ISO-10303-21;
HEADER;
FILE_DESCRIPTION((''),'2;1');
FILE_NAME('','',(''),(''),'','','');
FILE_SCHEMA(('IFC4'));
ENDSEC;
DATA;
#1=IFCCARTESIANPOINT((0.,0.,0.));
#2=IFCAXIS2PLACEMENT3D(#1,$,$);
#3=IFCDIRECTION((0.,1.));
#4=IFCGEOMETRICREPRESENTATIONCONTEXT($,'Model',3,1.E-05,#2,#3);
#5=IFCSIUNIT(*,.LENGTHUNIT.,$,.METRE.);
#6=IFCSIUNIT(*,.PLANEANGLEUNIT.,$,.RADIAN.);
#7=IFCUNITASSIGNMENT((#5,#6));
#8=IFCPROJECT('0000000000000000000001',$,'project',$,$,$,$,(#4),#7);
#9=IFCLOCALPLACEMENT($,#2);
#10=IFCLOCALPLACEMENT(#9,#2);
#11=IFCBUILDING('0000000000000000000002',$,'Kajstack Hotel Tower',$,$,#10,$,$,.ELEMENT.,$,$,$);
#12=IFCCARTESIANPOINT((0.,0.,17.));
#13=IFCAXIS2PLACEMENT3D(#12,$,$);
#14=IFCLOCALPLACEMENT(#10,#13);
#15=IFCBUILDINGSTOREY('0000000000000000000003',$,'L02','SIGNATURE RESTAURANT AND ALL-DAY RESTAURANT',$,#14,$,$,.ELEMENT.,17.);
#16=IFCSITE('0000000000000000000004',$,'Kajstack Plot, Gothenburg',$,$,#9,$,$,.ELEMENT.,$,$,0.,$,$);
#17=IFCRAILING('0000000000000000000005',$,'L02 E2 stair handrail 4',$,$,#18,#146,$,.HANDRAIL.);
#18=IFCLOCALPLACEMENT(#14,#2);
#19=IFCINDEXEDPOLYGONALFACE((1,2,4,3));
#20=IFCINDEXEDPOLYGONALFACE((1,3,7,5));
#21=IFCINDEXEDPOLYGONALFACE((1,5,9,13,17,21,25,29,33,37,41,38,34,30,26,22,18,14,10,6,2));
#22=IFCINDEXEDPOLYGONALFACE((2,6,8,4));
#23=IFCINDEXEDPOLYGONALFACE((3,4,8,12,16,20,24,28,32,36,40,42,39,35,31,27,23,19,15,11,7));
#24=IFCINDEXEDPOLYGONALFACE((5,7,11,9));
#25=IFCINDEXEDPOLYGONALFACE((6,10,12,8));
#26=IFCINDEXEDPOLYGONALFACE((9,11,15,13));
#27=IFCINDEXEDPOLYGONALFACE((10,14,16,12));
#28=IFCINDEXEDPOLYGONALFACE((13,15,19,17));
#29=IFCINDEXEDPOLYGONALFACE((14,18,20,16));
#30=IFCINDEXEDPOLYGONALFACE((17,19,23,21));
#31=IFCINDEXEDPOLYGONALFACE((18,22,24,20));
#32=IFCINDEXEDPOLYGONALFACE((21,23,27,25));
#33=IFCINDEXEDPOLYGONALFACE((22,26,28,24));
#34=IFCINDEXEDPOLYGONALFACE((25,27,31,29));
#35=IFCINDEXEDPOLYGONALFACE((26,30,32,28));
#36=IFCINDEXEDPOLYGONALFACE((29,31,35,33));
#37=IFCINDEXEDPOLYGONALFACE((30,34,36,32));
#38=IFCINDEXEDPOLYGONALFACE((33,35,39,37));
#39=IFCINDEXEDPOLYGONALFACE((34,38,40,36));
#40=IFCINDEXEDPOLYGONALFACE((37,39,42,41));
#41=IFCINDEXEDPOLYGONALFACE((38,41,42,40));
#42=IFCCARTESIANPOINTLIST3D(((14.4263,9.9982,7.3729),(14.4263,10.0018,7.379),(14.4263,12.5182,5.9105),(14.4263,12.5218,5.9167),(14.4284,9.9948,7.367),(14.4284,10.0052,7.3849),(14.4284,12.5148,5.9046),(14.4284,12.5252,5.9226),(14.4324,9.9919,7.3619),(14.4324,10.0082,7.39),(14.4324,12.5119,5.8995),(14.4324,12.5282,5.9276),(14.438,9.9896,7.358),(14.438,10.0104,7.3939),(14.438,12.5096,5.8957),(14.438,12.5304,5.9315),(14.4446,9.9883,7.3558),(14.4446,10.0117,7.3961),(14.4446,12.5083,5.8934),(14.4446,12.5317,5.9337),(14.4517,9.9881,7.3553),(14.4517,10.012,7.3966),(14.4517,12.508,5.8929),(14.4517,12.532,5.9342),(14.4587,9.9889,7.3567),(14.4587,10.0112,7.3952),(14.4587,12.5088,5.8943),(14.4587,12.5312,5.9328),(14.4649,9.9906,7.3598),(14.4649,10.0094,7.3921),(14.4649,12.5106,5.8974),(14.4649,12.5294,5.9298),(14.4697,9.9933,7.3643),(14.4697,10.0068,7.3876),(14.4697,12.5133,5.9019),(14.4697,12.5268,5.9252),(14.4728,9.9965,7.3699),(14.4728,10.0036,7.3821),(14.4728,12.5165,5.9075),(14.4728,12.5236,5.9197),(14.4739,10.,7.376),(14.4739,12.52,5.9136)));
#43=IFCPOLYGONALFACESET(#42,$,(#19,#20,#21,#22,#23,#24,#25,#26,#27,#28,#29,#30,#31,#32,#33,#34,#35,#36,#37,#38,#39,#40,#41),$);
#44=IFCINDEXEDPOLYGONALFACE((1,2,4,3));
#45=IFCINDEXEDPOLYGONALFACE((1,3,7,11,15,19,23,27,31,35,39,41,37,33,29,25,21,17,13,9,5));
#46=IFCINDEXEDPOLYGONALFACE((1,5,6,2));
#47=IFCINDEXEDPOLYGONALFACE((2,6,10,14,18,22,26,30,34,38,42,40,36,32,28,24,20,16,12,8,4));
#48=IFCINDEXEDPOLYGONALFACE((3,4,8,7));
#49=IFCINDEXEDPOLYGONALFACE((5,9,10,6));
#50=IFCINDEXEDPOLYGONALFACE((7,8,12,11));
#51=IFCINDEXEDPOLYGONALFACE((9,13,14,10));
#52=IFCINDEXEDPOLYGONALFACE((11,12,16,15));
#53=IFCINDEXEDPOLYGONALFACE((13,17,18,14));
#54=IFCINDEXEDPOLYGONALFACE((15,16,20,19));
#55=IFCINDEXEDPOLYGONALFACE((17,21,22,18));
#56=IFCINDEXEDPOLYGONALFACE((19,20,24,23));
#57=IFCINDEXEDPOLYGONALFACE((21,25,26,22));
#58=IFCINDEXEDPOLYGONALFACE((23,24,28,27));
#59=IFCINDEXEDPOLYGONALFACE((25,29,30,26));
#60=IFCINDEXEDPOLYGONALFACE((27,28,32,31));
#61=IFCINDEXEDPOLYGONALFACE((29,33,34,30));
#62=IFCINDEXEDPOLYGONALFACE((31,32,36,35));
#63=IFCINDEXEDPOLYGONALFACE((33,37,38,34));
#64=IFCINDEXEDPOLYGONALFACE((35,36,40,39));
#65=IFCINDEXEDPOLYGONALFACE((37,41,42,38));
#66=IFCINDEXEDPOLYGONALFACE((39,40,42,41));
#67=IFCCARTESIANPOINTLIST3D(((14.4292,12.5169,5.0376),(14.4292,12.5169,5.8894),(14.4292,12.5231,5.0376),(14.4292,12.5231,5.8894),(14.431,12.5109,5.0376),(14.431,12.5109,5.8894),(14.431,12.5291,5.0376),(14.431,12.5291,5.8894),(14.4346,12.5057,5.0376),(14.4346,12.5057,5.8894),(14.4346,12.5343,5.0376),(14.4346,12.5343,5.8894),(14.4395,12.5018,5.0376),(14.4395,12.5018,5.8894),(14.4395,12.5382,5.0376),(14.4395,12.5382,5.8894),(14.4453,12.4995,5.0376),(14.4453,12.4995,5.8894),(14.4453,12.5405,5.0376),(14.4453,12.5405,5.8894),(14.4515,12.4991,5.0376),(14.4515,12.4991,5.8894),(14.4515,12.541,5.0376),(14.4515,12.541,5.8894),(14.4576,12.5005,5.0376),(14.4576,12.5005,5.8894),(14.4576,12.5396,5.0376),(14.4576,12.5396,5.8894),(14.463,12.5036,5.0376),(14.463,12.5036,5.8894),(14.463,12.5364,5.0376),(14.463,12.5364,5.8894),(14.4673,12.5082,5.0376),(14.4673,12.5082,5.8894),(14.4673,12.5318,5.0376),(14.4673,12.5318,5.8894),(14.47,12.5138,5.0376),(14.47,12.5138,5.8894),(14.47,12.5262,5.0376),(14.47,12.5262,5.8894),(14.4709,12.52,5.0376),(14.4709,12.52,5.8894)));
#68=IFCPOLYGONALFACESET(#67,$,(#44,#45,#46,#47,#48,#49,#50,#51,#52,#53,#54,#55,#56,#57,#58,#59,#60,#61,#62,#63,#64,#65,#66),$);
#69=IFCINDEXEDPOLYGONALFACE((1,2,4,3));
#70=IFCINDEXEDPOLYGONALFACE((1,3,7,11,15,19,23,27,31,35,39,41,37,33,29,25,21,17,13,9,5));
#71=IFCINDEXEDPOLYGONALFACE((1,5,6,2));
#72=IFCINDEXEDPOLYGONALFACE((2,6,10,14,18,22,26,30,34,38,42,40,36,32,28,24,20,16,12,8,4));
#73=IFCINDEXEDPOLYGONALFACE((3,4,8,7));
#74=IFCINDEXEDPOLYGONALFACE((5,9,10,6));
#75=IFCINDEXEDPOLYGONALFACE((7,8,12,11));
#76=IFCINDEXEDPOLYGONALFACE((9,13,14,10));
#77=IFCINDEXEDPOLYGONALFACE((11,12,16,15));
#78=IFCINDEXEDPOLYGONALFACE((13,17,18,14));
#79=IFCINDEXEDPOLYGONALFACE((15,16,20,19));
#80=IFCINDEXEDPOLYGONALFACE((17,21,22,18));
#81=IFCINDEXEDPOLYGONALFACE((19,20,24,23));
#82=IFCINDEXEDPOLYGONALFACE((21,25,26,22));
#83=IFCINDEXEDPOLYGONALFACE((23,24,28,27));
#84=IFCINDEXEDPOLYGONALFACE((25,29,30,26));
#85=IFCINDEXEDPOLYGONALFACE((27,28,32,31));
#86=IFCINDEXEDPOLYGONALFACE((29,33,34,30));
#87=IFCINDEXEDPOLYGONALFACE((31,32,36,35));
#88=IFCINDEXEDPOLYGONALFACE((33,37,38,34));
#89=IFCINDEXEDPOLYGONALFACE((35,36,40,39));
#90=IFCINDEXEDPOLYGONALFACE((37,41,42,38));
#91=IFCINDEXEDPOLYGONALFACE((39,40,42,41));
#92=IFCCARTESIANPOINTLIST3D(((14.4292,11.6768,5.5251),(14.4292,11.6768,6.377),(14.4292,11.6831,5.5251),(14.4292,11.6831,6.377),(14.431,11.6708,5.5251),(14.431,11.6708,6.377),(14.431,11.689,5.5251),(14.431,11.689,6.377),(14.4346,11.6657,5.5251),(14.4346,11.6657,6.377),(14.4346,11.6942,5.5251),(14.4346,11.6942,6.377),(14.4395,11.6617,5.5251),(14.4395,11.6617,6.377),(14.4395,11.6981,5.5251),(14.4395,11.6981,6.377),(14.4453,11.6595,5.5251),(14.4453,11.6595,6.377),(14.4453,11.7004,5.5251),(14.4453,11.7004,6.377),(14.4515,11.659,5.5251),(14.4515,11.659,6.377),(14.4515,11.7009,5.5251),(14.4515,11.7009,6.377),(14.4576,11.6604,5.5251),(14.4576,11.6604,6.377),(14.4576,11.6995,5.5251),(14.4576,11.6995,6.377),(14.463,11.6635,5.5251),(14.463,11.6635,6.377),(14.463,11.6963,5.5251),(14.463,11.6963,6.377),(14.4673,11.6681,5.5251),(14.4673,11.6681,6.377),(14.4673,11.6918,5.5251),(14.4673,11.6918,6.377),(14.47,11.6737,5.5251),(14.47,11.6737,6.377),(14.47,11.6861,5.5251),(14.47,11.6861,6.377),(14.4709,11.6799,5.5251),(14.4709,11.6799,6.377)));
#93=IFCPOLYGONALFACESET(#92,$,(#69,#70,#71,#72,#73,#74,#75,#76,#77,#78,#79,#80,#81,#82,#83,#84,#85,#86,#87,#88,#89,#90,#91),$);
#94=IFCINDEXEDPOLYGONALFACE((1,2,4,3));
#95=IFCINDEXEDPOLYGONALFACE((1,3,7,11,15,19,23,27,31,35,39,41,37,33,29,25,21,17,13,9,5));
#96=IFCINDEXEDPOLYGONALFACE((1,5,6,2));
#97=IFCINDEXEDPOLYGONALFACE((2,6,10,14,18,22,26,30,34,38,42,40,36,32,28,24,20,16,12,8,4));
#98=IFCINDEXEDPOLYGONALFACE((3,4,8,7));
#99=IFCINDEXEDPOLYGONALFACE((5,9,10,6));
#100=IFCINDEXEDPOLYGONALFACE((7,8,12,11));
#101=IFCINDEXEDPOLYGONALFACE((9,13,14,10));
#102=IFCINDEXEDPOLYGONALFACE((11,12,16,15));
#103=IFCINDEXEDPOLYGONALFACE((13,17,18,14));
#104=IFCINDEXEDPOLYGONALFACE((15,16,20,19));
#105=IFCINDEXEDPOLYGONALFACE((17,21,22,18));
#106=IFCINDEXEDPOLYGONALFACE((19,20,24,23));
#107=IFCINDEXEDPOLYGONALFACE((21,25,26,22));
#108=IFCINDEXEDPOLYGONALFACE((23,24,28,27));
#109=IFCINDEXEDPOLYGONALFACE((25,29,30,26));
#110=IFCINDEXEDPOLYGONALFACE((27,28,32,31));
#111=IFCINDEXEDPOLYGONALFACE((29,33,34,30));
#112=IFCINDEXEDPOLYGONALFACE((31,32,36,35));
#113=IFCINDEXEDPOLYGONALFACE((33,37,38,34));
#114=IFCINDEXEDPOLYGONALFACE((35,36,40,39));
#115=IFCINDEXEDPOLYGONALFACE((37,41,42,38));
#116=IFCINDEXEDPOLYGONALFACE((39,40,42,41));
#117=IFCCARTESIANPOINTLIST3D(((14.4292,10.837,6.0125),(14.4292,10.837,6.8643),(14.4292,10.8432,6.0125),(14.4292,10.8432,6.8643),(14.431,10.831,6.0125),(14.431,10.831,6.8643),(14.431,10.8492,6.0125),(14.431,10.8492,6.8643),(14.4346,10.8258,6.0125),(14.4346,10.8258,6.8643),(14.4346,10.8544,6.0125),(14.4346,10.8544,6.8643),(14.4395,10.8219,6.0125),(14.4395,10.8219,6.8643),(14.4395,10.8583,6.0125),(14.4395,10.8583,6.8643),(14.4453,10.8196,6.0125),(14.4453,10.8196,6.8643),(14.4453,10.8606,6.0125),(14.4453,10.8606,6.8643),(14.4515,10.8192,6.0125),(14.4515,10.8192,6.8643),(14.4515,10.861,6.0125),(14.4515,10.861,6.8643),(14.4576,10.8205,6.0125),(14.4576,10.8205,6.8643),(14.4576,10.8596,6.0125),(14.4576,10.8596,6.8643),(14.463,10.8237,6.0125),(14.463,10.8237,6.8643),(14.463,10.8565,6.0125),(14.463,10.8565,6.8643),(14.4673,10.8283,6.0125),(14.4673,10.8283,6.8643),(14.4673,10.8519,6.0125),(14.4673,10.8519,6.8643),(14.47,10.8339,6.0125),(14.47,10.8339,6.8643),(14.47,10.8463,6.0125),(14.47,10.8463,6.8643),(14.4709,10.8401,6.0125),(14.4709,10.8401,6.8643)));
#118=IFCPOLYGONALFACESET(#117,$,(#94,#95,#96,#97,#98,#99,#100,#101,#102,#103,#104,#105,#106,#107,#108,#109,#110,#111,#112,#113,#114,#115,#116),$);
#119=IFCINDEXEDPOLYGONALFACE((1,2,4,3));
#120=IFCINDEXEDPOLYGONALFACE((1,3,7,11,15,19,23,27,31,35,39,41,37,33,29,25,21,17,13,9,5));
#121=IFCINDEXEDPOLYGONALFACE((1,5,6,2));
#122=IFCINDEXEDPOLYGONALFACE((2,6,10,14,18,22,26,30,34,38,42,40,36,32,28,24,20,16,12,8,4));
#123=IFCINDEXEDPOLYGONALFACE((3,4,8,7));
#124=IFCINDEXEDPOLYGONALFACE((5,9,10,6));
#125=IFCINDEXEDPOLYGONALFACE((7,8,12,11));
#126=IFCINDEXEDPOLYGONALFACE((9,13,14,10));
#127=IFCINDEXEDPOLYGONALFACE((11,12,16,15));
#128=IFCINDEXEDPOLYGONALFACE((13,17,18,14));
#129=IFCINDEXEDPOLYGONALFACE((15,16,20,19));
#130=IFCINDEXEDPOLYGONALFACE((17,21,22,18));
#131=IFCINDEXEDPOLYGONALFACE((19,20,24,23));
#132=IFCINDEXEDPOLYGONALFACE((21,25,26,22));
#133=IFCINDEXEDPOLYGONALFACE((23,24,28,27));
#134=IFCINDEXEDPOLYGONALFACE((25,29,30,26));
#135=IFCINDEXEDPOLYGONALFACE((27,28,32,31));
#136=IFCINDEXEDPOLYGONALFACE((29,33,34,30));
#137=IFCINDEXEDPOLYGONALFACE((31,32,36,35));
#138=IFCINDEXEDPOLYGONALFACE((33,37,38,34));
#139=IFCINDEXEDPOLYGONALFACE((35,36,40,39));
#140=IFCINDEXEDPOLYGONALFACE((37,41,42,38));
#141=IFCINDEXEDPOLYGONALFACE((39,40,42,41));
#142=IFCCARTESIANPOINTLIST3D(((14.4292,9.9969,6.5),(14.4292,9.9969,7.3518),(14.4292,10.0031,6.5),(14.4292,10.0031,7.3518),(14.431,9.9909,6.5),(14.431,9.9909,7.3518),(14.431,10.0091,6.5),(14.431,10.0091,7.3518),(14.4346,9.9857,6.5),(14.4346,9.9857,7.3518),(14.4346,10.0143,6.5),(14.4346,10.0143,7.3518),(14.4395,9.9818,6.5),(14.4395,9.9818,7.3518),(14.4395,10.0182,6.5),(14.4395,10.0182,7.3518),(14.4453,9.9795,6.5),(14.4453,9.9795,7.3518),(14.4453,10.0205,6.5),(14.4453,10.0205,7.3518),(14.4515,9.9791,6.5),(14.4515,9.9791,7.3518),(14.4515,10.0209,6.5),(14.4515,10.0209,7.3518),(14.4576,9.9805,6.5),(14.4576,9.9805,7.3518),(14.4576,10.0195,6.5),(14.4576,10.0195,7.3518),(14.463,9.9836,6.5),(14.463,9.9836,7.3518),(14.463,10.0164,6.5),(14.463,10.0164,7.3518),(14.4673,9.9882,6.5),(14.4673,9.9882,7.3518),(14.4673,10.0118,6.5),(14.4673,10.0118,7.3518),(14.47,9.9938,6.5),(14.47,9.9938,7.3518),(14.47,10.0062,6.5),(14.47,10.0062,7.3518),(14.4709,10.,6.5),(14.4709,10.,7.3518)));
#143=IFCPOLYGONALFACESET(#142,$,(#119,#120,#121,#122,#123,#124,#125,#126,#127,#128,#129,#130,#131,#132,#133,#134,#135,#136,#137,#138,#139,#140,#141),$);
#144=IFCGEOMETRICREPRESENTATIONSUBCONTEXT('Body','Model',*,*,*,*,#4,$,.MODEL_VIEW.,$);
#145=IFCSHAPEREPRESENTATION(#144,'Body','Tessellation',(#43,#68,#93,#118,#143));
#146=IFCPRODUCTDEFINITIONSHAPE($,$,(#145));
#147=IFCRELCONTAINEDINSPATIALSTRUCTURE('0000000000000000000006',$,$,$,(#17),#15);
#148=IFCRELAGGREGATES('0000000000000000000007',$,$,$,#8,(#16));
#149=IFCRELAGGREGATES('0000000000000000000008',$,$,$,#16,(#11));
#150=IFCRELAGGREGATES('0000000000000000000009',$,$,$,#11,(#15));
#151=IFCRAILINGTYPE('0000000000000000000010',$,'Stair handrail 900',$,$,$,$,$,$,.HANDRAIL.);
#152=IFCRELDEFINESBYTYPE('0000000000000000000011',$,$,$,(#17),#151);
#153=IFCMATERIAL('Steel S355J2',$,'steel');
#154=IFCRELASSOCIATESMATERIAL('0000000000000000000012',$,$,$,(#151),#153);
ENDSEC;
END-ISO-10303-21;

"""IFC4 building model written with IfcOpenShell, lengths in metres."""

from ifc_helpers import new_model, si_unit, direction, frame, origin, origin_2d, place, context, subcontext, project, spatial, circle, extrude, material, type_object, element, save


model = new_model("IFC4")

# Units and contexts
model_context = context("Model", 3, precision=1e-05, world=origin(), true_north=direction((0.0, 1.0)))
body_context = subcontext(model_context, "Body", "Model", "MODEL_VIEW")
ifc_project = project(units=[si_unit("LENGTHUNIT", "METRE"), si_unit("PLANEANGLEUNIT", "RADIAN")], contexts=[model_context])

# Site, building, storey
site_placement = place(None, origin())
site = spatial("IfcSite", under=ifc_project, at=site_placement, Name="Kajstack Plot, Gothenburg", CompositionType="ELEMENT", RefElevation=0.0)
building_placement = place(site_placement, origin())
building = spatial("IfcBuilding", under=site, at=building_placement, Name="Kajstack Hotel Tower", CompositionType="ELEMENT")
storey_placement = place(building_placement, frame((0.0, 0.0, 17.0)))
storey = spatial("IfcBuildingStorey", under=building, at=storey_placement, Name="L02", Description="SIGNATURE RESTAURANT AND ALL-DAY RESTAURANT", CompositionType="ELEMENT", Elevation=17.0)

# Railing
ifc_material_1 = material(Name="Steel S355J2", Category="steel")
railing_type_1 = type_object("IfcRailingType", Name="Stair handrail 900", PredefinedType="HANDRAIL", material=ifc_material_1)
railing_1_placement = place(storey_placement, frame((14.45, 12.52, 5.0376)))
element("IfcRailing", 1, at=railing_1_placement, inside=storey, type_object=railing_type_1, Name="L02 E2 stair handrail 4", PredefinedType="HANDRAIL", context=body_context, shape_type="SweptSolid", body=[
    extrude(circle(Radius=0.0239, at=origin_2d()), frame((0.0, 0.0, 0.876), z_axis=(0.0, -0.864913, 0.501921), x_axis=(1.0, 0.0, 0.0)), (0.0, 0.0, 1.0), 2.9136),
    extrude(circle(Radius=0.021, at=origin_2d()), origin(), (0.0, 0.0, 1.0), 0.8518),
    extrude(circle(Radius=0.021, at=origin_2d()), frame((0.0, -0.8401, 0.4875)), (0.0, 0.0, 1.0), 0.8518),
    extrude(circle(Radius=0.021, at=origin_2d()), frame((0.0, -1.6799, 0.9749)), (0.0, 0.0, 1.0), 0.8518),
    extrude(circle(Radius=0.021, at=origin_2d()), frame((0.0, -2.52, 1.4624)), (0.0, 0.0, 1.0), 0.8518),
])

save(model, "model.ifc")
